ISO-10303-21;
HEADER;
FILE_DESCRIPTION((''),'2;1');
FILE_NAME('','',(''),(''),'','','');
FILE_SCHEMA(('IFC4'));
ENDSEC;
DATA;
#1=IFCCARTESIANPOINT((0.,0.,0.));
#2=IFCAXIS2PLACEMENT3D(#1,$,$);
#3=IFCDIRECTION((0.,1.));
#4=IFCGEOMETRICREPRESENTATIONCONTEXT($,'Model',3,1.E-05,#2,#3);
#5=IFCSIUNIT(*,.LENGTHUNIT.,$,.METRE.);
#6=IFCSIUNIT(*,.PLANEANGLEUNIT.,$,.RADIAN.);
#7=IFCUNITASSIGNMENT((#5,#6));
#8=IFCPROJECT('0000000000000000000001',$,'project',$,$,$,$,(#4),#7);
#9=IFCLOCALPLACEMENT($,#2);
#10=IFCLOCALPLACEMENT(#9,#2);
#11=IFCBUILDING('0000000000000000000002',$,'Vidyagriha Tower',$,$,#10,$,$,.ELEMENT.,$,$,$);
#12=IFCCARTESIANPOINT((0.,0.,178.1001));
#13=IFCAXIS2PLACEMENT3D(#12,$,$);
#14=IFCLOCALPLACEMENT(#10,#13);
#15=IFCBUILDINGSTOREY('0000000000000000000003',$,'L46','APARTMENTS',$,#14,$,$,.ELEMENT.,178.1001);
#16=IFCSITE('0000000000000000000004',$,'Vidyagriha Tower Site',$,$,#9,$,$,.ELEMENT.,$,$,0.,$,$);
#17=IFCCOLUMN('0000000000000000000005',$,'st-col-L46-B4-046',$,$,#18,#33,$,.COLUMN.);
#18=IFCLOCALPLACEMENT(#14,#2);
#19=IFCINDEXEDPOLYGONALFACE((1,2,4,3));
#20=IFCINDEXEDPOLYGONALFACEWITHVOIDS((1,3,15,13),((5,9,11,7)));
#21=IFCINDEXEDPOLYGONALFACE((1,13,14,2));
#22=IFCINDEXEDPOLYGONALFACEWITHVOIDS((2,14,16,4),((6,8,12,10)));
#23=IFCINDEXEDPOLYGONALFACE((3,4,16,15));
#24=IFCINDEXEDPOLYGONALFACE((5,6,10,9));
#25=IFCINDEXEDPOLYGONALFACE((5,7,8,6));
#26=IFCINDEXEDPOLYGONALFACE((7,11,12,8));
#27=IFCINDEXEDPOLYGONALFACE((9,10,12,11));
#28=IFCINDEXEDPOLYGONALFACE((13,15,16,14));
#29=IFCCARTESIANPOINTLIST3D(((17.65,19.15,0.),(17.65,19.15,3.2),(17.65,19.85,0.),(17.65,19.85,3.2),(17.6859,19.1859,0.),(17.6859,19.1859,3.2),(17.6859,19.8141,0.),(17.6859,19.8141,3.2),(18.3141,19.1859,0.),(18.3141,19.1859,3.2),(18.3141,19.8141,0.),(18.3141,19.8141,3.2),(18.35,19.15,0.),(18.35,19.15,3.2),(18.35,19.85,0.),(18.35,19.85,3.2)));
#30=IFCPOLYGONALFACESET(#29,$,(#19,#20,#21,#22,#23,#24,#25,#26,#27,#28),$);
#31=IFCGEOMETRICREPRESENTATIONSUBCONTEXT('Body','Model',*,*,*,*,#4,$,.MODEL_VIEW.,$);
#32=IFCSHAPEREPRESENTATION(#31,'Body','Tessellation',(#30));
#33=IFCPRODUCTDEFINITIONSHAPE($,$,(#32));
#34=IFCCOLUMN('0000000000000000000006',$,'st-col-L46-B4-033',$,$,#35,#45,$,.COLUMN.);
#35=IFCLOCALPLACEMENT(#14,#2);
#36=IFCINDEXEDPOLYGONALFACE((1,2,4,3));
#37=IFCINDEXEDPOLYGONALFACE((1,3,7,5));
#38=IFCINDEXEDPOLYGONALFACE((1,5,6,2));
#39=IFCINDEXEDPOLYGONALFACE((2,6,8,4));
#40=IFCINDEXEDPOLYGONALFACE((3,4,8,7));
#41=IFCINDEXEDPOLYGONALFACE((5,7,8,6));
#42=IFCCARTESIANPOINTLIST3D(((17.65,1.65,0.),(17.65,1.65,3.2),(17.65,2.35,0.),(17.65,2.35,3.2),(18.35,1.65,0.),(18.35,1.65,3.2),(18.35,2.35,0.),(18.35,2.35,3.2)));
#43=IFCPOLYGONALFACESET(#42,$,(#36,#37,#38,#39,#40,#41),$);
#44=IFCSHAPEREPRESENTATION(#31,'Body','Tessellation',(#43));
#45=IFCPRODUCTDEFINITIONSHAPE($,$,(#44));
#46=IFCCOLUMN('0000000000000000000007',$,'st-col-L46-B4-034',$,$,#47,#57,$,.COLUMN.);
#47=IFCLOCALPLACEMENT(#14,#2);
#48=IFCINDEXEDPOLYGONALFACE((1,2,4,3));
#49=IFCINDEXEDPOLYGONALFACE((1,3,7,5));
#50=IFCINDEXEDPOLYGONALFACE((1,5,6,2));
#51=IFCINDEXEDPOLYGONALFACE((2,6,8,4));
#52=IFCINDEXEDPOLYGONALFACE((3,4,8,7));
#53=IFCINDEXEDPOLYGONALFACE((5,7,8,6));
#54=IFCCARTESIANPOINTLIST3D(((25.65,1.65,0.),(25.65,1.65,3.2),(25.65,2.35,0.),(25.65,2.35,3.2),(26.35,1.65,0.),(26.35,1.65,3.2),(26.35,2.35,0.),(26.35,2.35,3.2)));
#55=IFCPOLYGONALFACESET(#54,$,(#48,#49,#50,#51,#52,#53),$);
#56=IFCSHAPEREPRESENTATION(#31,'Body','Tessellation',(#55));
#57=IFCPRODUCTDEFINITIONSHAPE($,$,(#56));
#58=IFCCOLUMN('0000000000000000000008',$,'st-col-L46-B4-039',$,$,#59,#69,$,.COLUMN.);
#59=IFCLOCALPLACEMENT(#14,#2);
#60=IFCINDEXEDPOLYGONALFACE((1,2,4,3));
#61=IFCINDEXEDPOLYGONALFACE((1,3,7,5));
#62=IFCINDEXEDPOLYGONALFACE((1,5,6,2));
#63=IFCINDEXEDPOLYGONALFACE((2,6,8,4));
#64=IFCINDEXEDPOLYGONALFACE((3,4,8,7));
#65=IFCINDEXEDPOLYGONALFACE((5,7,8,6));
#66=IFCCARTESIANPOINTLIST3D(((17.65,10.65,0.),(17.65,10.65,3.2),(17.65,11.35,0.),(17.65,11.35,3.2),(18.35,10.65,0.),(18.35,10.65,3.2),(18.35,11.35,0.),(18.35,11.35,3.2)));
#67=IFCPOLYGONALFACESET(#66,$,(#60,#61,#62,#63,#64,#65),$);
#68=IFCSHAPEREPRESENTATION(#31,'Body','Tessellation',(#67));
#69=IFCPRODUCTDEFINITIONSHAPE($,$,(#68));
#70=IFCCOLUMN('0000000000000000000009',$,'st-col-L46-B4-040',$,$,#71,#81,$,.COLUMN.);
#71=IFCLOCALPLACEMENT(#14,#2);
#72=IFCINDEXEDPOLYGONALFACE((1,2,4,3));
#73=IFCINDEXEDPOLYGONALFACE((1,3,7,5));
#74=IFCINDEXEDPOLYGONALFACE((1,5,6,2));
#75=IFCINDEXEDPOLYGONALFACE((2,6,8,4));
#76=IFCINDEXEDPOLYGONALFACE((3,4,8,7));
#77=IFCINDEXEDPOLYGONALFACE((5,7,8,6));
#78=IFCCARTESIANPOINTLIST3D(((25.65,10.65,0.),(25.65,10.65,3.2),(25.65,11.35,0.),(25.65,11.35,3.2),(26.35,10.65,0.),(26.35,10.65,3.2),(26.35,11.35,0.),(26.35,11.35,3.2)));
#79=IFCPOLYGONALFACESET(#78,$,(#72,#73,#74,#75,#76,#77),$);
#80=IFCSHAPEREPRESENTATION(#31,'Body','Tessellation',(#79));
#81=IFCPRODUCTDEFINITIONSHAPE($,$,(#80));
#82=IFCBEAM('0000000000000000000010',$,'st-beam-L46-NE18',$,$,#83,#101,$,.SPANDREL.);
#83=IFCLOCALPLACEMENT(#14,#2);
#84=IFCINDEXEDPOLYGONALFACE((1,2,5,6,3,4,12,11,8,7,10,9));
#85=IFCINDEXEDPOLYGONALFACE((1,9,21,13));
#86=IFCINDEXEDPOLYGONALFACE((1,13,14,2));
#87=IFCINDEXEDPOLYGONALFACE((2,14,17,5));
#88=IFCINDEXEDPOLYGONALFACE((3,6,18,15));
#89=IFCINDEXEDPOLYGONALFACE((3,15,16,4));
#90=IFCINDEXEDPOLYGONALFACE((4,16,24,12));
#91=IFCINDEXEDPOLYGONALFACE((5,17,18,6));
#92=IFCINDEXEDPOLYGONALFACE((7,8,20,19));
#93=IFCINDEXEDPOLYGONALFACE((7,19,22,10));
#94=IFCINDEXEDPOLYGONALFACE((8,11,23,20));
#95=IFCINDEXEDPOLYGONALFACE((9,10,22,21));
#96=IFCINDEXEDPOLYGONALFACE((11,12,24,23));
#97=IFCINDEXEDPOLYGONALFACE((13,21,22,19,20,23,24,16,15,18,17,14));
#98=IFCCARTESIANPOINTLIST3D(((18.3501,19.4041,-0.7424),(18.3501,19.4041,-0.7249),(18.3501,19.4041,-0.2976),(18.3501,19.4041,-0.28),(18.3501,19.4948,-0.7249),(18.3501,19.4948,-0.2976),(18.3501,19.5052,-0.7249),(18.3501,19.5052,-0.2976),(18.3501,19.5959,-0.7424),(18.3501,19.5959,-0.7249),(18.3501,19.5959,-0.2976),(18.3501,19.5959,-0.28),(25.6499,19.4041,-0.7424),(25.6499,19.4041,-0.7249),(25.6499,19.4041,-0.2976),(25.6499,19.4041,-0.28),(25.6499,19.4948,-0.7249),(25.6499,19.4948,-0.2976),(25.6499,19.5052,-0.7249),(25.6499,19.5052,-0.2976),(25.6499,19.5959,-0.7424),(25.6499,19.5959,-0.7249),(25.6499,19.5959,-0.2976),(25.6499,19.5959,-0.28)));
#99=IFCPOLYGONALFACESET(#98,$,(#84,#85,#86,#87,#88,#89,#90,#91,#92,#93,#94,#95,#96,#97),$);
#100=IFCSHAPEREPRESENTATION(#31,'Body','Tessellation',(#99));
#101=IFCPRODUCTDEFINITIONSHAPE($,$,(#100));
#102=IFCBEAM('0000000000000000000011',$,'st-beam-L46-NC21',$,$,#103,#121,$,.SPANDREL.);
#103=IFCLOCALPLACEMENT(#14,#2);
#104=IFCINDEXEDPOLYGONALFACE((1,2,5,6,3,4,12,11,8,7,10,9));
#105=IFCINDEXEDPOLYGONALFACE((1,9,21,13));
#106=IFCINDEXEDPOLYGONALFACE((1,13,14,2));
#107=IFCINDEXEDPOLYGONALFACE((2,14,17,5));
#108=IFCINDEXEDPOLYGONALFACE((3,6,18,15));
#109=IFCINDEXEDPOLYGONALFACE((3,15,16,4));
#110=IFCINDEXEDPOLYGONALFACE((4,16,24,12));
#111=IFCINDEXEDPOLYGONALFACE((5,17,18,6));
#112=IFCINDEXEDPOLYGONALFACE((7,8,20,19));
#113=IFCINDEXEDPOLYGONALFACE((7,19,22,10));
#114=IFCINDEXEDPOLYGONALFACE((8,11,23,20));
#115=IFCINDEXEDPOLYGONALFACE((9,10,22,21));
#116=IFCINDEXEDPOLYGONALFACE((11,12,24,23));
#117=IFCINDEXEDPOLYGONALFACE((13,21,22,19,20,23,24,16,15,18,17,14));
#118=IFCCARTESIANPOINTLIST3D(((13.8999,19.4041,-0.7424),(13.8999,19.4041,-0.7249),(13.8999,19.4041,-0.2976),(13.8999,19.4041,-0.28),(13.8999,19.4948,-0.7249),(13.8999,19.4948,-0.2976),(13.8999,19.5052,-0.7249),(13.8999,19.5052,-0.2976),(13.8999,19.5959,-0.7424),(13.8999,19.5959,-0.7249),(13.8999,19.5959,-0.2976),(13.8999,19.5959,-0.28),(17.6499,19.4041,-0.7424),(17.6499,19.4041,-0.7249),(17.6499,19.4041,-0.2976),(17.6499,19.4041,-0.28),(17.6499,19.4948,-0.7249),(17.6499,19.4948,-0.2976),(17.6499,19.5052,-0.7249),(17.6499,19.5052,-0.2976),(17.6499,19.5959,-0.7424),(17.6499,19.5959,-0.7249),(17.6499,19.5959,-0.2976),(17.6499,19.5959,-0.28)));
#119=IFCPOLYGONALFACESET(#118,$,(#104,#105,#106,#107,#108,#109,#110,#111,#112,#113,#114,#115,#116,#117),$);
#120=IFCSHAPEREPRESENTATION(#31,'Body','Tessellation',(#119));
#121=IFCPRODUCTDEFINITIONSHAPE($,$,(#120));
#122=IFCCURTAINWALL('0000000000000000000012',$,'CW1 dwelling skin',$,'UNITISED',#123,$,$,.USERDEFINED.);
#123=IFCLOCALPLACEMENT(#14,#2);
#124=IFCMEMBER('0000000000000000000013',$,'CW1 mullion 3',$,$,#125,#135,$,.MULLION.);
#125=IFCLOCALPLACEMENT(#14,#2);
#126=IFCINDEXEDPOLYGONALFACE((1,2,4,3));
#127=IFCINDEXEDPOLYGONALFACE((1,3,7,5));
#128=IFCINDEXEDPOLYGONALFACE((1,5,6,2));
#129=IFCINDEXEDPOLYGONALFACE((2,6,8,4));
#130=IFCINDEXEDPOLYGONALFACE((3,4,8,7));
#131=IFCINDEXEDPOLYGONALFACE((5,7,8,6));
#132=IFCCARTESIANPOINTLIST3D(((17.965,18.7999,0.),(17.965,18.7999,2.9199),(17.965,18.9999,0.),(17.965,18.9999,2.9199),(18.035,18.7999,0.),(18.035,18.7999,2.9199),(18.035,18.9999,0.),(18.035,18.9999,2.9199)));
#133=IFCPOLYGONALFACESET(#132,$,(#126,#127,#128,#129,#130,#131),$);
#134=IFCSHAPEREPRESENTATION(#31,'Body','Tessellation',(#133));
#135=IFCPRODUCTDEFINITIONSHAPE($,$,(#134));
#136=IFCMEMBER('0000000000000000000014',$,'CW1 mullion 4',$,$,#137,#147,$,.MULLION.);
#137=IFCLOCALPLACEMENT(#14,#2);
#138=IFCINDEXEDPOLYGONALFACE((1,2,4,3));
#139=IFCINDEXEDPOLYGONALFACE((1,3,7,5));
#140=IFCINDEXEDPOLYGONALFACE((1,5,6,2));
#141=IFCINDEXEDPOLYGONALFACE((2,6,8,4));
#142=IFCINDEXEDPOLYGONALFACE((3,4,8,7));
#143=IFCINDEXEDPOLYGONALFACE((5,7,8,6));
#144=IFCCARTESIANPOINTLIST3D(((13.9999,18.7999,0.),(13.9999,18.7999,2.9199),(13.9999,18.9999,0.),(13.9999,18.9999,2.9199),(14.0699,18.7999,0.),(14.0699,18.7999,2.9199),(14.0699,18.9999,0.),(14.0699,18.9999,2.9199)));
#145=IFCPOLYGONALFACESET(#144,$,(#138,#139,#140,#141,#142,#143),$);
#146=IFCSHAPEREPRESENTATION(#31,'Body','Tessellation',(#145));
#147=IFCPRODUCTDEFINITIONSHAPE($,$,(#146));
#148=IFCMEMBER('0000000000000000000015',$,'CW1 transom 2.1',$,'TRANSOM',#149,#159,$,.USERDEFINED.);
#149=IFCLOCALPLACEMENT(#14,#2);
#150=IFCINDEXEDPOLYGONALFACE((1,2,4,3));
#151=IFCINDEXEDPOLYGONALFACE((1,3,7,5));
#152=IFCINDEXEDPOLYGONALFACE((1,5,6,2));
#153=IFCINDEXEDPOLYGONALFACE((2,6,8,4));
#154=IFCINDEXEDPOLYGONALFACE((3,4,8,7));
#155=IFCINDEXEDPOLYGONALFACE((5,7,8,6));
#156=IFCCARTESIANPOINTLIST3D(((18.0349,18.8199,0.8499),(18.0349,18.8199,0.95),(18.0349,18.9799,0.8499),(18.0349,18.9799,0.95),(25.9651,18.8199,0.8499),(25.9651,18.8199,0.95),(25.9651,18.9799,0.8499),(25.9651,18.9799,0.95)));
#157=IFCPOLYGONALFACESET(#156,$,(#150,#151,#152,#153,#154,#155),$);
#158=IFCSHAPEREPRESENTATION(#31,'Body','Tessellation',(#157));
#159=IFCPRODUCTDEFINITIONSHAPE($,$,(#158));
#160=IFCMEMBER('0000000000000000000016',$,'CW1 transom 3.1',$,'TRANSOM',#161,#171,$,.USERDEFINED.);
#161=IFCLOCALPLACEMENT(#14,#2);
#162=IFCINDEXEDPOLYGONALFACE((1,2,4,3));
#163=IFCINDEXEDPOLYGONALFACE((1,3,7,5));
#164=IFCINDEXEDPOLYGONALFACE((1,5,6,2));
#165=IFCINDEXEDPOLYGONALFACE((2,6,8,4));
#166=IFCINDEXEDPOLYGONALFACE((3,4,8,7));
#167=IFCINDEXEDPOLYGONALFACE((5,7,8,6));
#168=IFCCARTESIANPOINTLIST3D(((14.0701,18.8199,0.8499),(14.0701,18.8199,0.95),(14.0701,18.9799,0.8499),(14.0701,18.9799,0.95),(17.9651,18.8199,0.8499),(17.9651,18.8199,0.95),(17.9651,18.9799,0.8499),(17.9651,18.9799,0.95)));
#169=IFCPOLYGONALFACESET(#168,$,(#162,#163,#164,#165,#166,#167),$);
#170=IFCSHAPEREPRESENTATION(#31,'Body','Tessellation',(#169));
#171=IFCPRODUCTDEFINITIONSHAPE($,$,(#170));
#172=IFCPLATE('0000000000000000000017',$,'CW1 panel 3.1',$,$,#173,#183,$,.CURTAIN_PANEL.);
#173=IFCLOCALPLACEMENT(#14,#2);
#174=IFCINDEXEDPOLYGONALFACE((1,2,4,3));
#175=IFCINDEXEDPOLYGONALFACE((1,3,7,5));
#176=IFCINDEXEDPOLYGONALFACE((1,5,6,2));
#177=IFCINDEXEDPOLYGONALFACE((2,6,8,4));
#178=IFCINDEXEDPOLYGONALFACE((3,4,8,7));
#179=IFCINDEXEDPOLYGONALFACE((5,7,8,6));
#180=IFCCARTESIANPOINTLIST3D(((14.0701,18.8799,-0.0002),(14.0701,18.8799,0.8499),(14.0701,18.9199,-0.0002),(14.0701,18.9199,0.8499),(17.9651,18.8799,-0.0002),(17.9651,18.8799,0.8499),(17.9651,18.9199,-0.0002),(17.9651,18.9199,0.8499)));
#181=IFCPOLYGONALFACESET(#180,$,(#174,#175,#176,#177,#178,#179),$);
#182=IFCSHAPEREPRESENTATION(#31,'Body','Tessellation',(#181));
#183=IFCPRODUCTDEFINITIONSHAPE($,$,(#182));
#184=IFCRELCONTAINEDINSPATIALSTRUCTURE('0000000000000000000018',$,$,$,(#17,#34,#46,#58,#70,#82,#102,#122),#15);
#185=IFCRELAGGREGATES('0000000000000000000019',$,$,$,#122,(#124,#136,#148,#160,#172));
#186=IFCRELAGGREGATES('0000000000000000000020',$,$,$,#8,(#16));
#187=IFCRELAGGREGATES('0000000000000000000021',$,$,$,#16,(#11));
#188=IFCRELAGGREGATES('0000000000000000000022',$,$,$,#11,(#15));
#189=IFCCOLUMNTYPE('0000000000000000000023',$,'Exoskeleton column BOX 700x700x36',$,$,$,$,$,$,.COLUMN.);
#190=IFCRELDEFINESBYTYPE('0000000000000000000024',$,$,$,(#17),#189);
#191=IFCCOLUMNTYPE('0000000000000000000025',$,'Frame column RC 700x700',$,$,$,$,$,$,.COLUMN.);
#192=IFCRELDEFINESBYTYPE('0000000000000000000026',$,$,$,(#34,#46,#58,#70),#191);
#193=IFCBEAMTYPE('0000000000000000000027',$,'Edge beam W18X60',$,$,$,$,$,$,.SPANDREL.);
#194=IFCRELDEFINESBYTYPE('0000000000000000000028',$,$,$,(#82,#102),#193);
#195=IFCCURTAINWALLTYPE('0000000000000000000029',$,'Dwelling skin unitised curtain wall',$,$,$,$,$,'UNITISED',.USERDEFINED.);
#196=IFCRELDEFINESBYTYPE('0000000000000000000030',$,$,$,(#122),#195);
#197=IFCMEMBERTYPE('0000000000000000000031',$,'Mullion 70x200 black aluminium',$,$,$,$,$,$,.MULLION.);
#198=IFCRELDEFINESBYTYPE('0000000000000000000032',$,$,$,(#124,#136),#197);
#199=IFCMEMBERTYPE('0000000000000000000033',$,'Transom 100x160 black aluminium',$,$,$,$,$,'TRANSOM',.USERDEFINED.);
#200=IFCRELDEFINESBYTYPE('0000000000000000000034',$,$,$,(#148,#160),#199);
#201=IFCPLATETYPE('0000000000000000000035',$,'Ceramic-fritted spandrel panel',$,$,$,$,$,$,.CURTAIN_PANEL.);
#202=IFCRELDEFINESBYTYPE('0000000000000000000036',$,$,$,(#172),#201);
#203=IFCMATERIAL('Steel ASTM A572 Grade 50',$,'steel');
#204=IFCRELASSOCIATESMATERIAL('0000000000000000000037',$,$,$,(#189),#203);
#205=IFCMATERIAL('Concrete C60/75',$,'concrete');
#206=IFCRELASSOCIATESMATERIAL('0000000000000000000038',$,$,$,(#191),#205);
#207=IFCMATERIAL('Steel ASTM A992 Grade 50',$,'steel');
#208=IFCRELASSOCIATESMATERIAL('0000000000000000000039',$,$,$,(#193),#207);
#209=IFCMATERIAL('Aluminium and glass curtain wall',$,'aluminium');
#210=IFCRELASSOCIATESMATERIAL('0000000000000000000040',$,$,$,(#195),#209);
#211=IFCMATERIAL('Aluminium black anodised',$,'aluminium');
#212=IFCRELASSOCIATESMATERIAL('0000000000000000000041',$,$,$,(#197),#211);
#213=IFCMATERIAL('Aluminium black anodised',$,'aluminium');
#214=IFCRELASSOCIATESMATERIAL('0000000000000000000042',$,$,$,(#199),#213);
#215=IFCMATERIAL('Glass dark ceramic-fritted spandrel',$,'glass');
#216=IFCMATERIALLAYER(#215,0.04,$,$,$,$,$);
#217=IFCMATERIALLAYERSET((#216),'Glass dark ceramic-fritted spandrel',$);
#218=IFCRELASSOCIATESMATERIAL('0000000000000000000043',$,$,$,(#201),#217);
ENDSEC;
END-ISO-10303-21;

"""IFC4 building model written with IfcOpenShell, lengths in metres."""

from ifc_helpers import new_model, si_unit, direction, frame, origin, origin_2d, place, context, subcontext, project, spatial, rectangle, hollow_rectangle, i_section, extrude, material, layer, layer_set, material_profile, profile_set, type_object, element, aggregate, save


model = new_model("IFC4")

# Units and contexts
model_context = context("Model", 3, precision=1e-05, world=origin(), true_north=direction((0.0, 1.0)))
body_context = subcontext(model_context, "Body", "Model", "MODEL_VIEW")
ifc_project = project(units=[si_unit("LENGTHUNIT", "METRE"), si_unit("PLANEANGLEUNIT", "RADIAN")], contexts=[model_context])

# Site, building, storey
site_placement = place(None, origin())
site = spatial("IfcSite", under=ifc_project, at=site_placement, Name="Vidyagriha Tower Site", CompositionType="ELEMENT", RefElevation=0.0)
building_placement = place(site_placement, origin())
building = spatial("IfcBuilding", under=site, at=building_placement, Name="Vidyagriha Tower", CompositionType="ELEMENT")
storey_placement = place(building_placement, frame((0.0, 0.0, 178.1001)))
storey = spatial("IfcBuildingStorey", under=building, at=storey_placement, Name="L46", Description="APARTMENTS", CompositionType="ELEMENT", Elevation=178.1001)

# Columns
ifc_material_1 = material(Name="Steel ASTM A572 Grade 50", Category="steel")
ifc_material_profile_1 = material_profile(ifc_material_1, hollow_rectangle(XDim=0.7, YDim=0.7, WallThickness=0.0359, at=origin_2d()), Name="BOX 700x700x36")
ifc_profile_set_1 = profile_set([ifc_material_profile_1], Name="Steel ASTM A572 Grade 50")
column_type_1 = type_object("IfcColumnType", Name="Exoskeleton column BOX 700x700x36", PredefinedType="COLUMN", material=ifc_profile_set_1)
column_placement = place(storey_placement, frame((18.0, 19.5, 0.0)))
element("IfcColumn", 1, at=column_placement, inside=storey, type_object=column_type_1, Name="st-col-L46-B4-046", PredefinedType="COLUMN", context=body_context, shape_type="SweptSolid", body=[
    extrude(hollow_rectangle(XDim=0.7, YDim=0.7, WallThickness=0.0359, at=origin_2d()), origin(), (0.0, 0.0, 1.0), 3.2),
])
ifc_material_2 = material(Name="Concrete C60/75", Category="concrete")
ifc_material_profile_2 = material_profile(ifc_material_2, rectangle(XDim=0.7, YDim=0.7, at=origin_2d()), Name="RC 700x700")
ifc_profile_set_2 = profile_set([ifc_material_profile_2], Name="Concrete C60/75")
column_type_2 = type_object("IfcColumnType", Name="Frame column RC 700x700", PredefinedType="COLUMN", material=ifc_profile_set_2)
for number, where, name in (
    (2, (18.0, 2.0, 0.0), "st-col-L46-B4-033"),
    (3, (26.0, 2.0, 0.0), "st-col-L46-B4-034"),
    (4, (18.0, 11.0, 0.0), "st-col-L46-B4-039"),
    (5, (26.0, 11.0, 0.0), "st-col-L46-B4-040"),
):
    element("IfcColumn", number, at=place(storey_placement, frame(where)), inside=storey, type_object=column_type_2, Name=name, PredefinedType="COLUMN", context=body_context, shape_type="SweptSolid", body=[
        extrude(rectangle(XDim=0.7, YDim=0.7, at=origin_2d()), origin(), (0.0, 0.0, 1.0), 3.2),
    ])

# Beams
ifc_material_3 = material(Name="Steel ASTM A992 Grade 50", Category="steel")
ifc_material_profile_3 = material_profile(ifc_material_3, i_section(OverallWidth=0.1919, OverallDepth=0.4624, WebThickness=0.0105, FlangeThickness=0.0176, at=origin_2d()), Name="W18X60")
ifc_profile_set_3 = profile_set([ifc_material_profile_3], Name="Steel ASTM A992 Grade 50")
beam_type = type_object("IfcBeamType", Name="Edge beam W18X60", PredefinedType="SPANDREL", material=ifc_profile_set_3)
beam_1_placement = place(storey_placement, frame((18.3501, 19.5, -0.5112), z_axis=(1.0, 0.0, 0.0), x_axis=(0.0, 1.0, 0.0)))
element("IfcBeam", 6, at=beam_1_placement, inside=storey, type_object=beam_type, Name="st-beam-L46-NE18", PredefinedType="SPANDREL", context=body_context, shape_type="SweptSolid", body=[
    extrude(i_section(OverallWidth=0.1919, OverallDepth=0.4624, WebThickness=0.0105, FlangeThickness=0.0176, at=origin_2d()), origin(), (0.0, 0.0, 1.0), 7.2998),
])
beam_2_placement = place(storey_placement, frame((13.8999, 19.5, -0.5112), z_axis=(1.0, 0.0, 0.0), x_axis=(0.0, 1.0, 0.0)))
element("IfcBeam", 7, at=beam_2_placement, inside=storey, type_object=beam_type, Name="st-beam-L46-NC21", PredefinedType="SPANDREL", context=body_context, shape_type="SweptSolid", body=[
    extrude(i_section(OverallWidth=0.1919, OverallDepth=0.4624, WebThickness=0.0105, FlangeThickness=0.0176, at=origin_2d()), origin(), (0.0, 0.0, 1.0), 3.75),
])

# Curtain wall, members, plate
ifc_material_4 = material(Name="Aluminium and glass curtain wall", Category="aluminium")
curtain_wall_type = type_object("IfcCurtainWallType", Name="Dwelling skin unitised curtain wall", ElementType="UNITISED", PredefinedType="USERDEFINED", material=ifc_material_4)
curtain_wall_placement = place(storey_placement, origin())
curtain_wall = element("IfcCurtainWall", 8, at=curtain_wall_placement, inside=storey, type_object=curtain_wall_type, Name="CW1 dwelling skin", ObjectType="UNITISED", PredefinedType="USERDEFINED")
ifc_material_5 = material(Name="Aluminium black anodised", Category="aluminium")
ifc_material_profile_4 = material_profile(ifc_material_5, rectangle(XDim=0.2, YDim=0.0701, at=origin_2d()), Name="Mullion 70x200 black aluminium")
ifc_profile_set_4 = profile_set([ifc_material_profile_4], Name="Aluminium black anodised")
member_type_1 = type_object("IfcMemberType", Name="Mullion 70x200 black aluminium", PredefinedType="MULLION", material=ifc_profile_set_4)
member_1_placement = place(storey_placement, frame((18.0, 18.8999, 0.0), z_axis=(0.0, 0.0, 1.0), x_axis=(0.0, -1.0, 0.0)))
member_1 = element("IfcMember", 9, at=member_1_placement, type_object=member_type_1, Name="CW1 mullion 3", PredefinedType="MULLION", context=body_context, shape_type="SweptSolid", body=[
    extrude(rectangle(XDim=0.2, YDim=0.0701, at=origin_2d()), origin(), (0.0, 0.0, 1.0), 2.9199),
])
member_2_placement = place(storey_placement, frame((14.0349, 18.8999, 0.0), z_axis=(0.0, 0.0, 1.0), x_axis=(0.0, -1.0, 0.0)))
member_2 = element("IfcMember", 10, at=member_2_placement, type_object=member_type_1, Name="CW1 mullion 4", PredefinedType="MULLION", context=body_context, shape_type="SweptSolid", body=[
    extrude(rectangle(XDim=0.2, YDim=0.0701, at=origin_2d()), origin(), (0.0, 0.0, 1.0), 2.9199),
])
ifc_material_6 = material(Name="Aluminium black anodised", Category="aluminium")
ifc_material_profile_5 = material_profile(ifc_material_6, rectangle(XDim=0.1599, YDim=0.1001, at=origin_2d()), Name="Transom 100x160 black aluminium")
ifc_profile_set_5 = profile_set([ifc_material_profile_5], Name="Aluminium black anodised")
member_type_2 = type_object("IfcMemberType", Name="Transom 100x160 black aluminium", ElementType="TRANSOM", PredefinedType="USERDEFINED", material=ifc_profile_set_5)
member_3_placement = place(storey_placement, frame((25.9651, 18.8999, 0.8999), z_axis=(-1.0, 0.0, 0.0), x_axis=(0.0, -1.0, 0.0)))
member_3 = element("IfcMember", 11, at=member_3_placement, type_object=member_type_2, Name="CW1 transom 2.1", ObjectType="TRANSOM", PredefinedType="USERDEFINED", context=body_context, shape_type="SweptSolid", body=[
    extrude(rectangle(XDim=0.1599, YDim=0.1001, at=origin_2d()), origin(), (0.0, 0.0, 1.0), 7.9302),
])
member_4_placement = place(storey_placement, frame((17.9651, 18.8999, 0.8999), z_axis=(-1.0, 0.0, 0.0), x_axis=(0.0, -1.0, 0.0)))
member_4 = element("IfcMember", 12, at=member_4_placement, type_object=member_type_2, Name="CW1 transom 3.1", ObjectType="TRANSOM", PredefinedType="USERDEFINED", context=body_context, shape_type="SweptSolid", body=[
    extrude(rectangle(XDim=0.1599, YDim=0.1001, at=origin_2d()), origin(), (0.0, 0.0, 1.0), 3.895),
])
ifc_material_7 = material(Name="Glass dark ceramic-fritted spandrel", Category="glass")
ifc_layer_1 = layer(ifc_material_7, 0.04)
ifc_layer_set_1 = layer_set([ifc_layer_1], Name="Glass dark ceramic-fritted spandrel")
plate_type_1 = type_object("IfcPlateType", Name="Ceramic-fritted spandrel panel", PredefinedType="CURTAIN_PANEL", material=ifc_layer_set_1)
plate_1_placement = place(storey_placement, frame((16.0176, 18.8999, -0.0002), z_axis=(0.0, 0.0, 1.0), x_axis=(-1.0, 0.0, 0.0)))
plate_1 = element("IfcPlate", 13, at=plate_1_placement, type_object=plate_type_1, Name="CW1 panel 3.1", PredefinedType="CURTAIN_PANEL", context=body_context, shape_type="SweptSolid", body=[
    extrude(rectangle(XDim=3.895, YDim=0.04, at=origin_2d()), origin(), (0.0, 0.0, 1.0), 0.8501),
])
aggregate(curtain_wall, [member_1, member_2, member_3, member_4, plate_1])

save(model, "model.ifc")
